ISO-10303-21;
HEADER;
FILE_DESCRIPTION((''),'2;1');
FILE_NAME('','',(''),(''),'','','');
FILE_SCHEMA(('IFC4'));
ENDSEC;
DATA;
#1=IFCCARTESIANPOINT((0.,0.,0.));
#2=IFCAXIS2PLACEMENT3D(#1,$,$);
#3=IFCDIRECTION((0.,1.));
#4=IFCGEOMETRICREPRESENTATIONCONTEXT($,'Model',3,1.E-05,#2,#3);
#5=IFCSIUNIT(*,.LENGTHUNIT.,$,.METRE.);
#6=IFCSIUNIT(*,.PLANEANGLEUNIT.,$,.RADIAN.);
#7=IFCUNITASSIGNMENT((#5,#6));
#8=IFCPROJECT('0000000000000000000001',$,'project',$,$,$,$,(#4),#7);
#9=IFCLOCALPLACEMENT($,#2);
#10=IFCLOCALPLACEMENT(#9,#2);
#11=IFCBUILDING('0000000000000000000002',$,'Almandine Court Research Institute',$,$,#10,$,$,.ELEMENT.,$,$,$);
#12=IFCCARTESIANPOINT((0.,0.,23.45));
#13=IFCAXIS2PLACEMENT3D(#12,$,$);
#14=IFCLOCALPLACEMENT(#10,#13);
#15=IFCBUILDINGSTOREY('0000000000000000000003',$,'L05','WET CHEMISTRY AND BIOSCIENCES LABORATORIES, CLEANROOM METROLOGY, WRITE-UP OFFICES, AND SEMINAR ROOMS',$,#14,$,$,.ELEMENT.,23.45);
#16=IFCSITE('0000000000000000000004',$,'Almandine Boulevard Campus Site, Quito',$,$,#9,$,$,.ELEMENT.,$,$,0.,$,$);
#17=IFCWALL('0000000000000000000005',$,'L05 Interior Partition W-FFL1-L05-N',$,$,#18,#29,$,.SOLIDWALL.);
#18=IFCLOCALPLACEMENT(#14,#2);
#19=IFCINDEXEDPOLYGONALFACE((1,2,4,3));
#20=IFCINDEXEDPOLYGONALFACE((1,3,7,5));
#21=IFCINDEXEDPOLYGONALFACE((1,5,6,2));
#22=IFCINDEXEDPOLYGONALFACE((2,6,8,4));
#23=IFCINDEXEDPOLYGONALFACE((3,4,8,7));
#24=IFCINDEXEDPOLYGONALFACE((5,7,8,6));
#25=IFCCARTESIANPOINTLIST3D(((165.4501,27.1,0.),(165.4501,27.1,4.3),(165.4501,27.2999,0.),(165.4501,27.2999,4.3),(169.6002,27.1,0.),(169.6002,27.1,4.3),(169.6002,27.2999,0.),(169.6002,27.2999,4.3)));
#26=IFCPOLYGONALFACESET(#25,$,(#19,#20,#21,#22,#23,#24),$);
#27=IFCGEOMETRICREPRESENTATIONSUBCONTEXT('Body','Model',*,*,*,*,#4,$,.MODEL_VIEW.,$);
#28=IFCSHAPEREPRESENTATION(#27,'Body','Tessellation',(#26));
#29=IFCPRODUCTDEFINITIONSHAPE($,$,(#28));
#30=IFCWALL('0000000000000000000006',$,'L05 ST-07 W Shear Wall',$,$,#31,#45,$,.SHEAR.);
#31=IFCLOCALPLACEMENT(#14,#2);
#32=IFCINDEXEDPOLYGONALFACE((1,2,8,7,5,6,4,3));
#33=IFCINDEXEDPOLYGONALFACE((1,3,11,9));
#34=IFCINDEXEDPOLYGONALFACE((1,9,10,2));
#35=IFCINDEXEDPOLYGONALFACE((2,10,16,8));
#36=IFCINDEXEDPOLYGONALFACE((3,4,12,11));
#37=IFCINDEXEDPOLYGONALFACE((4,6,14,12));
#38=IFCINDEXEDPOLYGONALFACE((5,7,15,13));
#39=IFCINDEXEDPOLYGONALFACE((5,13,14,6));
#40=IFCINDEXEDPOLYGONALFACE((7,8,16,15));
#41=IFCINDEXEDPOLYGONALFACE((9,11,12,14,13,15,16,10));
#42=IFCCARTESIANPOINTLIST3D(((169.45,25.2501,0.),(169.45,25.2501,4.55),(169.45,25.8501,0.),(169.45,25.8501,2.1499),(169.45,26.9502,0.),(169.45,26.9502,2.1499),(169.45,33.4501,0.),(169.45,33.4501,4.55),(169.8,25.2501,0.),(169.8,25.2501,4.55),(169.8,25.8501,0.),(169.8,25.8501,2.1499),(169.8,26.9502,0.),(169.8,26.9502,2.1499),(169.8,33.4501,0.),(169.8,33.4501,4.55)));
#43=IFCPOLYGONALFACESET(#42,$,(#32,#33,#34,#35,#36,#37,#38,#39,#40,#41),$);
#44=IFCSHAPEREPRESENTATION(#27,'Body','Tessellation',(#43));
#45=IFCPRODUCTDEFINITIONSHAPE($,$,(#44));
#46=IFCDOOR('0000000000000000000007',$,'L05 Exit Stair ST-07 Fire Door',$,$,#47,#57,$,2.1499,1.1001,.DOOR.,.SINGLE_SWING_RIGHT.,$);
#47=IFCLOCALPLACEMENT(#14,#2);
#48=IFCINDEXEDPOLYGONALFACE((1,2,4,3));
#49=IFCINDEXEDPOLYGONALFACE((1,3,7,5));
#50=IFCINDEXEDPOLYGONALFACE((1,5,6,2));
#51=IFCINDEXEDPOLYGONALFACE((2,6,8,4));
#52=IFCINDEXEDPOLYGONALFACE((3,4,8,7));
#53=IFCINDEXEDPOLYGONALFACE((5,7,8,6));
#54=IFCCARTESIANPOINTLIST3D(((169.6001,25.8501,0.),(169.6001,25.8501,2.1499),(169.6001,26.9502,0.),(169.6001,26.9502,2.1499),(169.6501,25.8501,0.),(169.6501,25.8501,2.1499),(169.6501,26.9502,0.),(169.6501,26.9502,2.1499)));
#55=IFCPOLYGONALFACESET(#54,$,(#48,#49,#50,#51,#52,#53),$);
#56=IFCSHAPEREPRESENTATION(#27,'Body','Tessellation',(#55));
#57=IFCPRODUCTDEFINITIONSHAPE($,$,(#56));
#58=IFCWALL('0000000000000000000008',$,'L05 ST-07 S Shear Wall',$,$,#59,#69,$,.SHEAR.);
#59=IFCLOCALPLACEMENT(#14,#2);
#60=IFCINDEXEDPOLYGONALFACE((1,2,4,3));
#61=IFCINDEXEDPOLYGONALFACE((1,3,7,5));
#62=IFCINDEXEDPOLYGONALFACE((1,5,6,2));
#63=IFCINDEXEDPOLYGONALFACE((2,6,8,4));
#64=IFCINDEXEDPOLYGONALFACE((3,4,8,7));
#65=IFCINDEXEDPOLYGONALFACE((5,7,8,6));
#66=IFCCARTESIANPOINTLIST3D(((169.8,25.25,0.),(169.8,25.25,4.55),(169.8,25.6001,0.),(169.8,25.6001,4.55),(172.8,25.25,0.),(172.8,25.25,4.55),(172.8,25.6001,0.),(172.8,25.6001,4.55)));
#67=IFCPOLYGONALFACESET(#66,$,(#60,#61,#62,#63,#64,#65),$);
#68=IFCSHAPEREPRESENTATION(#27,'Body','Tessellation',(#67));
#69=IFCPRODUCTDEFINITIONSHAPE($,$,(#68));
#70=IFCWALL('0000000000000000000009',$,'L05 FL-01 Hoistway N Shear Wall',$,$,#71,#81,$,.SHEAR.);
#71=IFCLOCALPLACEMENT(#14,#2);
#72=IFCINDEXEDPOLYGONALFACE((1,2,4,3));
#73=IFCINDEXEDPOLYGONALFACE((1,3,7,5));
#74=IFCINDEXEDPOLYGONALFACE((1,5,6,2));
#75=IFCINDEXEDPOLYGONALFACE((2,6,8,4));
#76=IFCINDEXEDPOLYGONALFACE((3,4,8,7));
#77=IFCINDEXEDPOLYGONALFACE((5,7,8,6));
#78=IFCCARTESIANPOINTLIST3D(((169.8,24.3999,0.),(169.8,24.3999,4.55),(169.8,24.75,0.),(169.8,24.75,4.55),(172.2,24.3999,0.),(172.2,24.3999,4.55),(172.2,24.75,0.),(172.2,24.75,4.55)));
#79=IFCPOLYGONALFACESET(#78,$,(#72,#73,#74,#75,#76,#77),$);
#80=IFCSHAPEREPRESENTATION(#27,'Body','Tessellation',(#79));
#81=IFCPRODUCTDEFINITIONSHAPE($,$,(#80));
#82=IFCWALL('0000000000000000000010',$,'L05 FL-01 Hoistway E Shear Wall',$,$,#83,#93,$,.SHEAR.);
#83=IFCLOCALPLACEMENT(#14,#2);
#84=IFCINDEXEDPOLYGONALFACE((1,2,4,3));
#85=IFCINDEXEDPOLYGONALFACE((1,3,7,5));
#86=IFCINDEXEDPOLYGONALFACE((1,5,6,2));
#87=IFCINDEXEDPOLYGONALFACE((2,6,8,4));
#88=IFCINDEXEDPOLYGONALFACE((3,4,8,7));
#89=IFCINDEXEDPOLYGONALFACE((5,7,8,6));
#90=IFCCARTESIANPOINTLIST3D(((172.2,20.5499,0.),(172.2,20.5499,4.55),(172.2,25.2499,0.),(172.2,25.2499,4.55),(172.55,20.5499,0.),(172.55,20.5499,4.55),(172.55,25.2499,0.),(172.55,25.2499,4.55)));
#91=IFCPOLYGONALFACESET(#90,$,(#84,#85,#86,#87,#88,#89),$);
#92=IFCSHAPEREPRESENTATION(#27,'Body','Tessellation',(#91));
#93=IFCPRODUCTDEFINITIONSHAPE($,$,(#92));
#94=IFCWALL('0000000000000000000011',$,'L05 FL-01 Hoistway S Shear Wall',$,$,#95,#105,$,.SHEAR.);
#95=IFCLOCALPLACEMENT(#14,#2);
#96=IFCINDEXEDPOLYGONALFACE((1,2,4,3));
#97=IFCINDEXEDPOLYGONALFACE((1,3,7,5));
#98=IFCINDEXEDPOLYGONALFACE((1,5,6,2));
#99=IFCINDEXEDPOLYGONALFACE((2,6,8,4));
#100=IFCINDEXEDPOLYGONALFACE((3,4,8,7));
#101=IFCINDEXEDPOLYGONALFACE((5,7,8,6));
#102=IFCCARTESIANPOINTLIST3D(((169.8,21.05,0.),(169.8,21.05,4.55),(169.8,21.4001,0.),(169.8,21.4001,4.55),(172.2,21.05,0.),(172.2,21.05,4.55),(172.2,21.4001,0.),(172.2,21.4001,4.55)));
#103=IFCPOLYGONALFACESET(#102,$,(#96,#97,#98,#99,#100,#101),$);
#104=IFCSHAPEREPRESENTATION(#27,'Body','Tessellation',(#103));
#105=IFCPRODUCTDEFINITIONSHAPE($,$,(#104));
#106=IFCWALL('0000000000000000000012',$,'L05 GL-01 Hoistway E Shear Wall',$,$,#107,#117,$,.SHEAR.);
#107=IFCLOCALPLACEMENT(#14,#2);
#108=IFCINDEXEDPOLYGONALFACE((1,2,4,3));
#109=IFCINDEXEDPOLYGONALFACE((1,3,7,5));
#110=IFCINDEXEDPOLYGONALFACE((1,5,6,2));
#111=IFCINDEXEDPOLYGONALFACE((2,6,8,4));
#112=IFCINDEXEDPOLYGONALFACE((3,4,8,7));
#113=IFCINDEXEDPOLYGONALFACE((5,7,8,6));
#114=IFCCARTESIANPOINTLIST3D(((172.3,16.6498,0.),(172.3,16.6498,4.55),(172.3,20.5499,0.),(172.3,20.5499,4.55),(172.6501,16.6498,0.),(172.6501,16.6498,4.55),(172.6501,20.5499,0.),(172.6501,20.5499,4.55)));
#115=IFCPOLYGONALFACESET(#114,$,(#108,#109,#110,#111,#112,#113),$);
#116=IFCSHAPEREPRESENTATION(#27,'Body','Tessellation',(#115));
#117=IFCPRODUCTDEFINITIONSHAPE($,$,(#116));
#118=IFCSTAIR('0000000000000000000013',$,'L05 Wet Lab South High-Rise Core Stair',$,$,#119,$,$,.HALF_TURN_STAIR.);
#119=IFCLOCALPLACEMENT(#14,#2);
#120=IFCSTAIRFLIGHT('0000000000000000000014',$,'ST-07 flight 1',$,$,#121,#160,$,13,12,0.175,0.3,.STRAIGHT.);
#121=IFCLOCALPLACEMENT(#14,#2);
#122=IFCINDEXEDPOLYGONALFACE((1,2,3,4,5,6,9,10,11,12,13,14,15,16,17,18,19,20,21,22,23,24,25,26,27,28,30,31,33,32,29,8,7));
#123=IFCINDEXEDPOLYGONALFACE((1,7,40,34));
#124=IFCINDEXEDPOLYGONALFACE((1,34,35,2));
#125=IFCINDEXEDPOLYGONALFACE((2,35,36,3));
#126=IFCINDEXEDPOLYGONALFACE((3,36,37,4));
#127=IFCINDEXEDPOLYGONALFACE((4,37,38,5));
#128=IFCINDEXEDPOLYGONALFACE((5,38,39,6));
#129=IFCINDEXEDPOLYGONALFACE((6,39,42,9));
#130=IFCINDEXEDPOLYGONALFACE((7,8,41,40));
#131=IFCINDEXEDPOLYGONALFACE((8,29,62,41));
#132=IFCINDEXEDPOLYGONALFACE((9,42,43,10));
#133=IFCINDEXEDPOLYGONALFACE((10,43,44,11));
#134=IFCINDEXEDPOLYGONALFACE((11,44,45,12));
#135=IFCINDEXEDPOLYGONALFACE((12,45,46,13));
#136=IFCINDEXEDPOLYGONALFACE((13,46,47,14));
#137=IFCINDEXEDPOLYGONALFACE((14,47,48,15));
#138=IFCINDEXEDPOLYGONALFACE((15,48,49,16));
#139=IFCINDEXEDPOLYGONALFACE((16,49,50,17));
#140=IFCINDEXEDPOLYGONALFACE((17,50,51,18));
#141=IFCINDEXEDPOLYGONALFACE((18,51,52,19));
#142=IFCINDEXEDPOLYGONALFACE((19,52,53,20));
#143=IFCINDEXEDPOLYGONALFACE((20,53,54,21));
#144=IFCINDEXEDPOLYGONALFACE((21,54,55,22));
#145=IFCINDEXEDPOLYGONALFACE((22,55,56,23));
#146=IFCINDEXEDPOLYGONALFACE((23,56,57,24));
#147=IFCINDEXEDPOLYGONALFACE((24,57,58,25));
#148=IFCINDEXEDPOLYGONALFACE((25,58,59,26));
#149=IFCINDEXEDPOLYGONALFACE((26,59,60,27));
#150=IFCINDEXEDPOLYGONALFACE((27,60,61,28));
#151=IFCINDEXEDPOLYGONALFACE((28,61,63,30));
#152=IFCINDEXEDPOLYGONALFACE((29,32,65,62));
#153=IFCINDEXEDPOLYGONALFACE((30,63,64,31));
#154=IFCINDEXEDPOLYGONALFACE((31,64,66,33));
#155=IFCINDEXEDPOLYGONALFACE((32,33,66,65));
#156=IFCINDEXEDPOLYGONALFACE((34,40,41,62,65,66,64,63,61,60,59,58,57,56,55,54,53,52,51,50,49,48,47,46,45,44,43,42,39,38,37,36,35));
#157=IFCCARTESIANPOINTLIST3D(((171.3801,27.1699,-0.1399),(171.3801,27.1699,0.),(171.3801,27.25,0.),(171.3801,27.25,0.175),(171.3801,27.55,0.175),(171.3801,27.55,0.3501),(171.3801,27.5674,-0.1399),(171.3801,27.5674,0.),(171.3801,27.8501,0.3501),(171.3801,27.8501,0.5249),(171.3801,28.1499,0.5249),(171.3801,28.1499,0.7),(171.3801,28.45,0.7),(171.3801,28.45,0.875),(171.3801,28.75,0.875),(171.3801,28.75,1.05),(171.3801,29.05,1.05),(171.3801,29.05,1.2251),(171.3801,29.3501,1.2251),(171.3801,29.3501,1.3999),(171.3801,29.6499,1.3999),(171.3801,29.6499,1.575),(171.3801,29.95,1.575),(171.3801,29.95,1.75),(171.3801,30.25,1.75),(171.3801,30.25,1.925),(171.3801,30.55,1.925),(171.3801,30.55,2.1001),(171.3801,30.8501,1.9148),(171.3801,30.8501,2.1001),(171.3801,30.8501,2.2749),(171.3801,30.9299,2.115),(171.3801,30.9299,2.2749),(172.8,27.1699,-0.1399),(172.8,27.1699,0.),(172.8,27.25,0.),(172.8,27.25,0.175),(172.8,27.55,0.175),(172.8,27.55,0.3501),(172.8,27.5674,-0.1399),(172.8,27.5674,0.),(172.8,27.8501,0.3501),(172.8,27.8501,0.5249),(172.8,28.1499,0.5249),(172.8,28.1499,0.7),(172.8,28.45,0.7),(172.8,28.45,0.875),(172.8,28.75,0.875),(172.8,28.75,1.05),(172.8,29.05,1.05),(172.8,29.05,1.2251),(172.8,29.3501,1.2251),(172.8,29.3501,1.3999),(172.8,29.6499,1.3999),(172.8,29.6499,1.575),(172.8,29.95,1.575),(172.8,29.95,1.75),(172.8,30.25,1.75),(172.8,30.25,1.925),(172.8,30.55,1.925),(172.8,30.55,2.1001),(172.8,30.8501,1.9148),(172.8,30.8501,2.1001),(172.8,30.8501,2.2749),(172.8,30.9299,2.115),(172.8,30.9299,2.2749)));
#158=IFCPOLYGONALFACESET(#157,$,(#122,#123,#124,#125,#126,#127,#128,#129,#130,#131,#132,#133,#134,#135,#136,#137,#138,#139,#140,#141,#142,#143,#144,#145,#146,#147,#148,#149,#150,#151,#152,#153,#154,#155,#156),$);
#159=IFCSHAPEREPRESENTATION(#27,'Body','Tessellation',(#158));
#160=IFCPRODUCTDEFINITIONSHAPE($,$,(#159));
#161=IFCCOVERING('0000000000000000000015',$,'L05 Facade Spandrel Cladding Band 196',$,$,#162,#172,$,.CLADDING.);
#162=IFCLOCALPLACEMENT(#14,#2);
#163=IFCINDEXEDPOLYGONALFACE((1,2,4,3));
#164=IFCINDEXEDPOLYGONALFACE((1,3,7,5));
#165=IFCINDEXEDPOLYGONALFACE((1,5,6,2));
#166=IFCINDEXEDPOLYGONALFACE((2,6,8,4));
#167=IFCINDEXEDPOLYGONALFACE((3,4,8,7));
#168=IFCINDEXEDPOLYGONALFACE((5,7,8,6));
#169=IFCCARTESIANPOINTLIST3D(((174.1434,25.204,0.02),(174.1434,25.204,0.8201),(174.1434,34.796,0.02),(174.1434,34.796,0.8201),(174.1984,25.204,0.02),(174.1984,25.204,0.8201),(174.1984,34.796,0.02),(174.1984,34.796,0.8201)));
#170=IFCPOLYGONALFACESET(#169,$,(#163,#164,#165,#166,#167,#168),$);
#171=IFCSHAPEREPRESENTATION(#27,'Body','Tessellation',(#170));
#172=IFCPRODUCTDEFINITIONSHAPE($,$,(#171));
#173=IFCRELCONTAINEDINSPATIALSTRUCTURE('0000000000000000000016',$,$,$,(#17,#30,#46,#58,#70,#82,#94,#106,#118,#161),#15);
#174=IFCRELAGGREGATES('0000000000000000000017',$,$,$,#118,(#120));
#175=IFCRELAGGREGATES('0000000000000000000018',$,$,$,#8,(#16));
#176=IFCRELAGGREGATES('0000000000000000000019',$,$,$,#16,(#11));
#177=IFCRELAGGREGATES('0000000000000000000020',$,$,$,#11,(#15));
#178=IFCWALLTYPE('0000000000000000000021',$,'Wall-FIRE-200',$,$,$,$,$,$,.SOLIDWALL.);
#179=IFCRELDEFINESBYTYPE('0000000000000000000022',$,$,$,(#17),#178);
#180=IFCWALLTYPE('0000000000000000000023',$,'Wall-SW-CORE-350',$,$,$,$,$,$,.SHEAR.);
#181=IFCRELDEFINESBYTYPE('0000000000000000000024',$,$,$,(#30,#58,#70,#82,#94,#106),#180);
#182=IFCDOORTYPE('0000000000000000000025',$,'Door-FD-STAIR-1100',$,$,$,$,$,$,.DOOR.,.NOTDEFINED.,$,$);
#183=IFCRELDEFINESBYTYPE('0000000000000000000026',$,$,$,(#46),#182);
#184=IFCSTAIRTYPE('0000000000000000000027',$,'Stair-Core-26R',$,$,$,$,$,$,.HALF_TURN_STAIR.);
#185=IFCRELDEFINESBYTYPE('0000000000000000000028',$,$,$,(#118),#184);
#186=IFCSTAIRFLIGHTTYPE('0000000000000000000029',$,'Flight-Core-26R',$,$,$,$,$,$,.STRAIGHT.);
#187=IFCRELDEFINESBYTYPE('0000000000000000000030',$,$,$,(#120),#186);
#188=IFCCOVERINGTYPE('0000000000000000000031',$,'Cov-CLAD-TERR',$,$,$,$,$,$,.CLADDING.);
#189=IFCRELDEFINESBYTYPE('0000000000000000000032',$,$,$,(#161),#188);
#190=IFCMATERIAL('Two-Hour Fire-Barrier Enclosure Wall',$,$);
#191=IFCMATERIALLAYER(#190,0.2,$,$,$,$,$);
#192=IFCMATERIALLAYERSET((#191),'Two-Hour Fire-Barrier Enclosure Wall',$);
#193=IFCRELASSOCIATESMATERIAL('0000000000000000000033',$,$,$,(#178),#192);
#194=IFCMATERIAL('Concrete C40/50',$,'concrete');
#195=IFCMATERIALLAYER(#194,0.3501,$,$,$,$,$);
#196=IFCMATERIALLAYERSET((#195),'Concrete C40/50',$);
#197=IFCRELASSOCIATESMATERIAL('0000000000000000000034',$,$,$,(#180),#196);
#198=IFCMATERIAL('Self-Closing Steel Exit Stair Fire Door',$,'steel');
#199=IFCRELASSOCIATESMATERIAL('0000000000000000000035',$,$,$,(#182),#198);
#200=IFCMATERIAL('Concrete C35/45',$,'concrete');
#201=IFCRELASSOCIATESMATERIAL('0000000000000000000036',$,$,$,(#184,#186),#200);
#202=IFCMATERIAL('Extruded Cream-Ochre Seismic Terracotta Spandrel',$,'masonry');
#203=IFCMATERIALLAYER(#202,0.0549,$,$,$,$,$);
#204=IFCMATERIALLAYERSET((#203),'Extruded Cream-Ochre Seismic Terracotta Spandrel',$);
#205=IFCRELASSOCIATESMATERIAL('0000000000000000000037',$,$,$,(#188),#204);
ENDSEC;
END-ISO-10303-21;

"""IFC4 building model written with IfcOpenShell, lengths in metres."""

from ifc_helpers import new_model, si_unit, direction, frame, frame_2d, origin, origin_2d, place, context, subcontext, project, spatial, polyline, rectangle, outline, extrude, material, layer, layer_set, type_object, element, fill, aggregate, save


model = new_model("IFC4")

# Units and contexts
model_context = context("Model", 3, precision=1e-05, world=origin(), true_north=direction((0.0, 1.0)))
body_context = subcontext(model_context, "Body", "Model", "MODEL_VIEW")
ifc_project = project(units=[si_unit("LENGTHUNIT", "METRE"), si_unit("PLANEANGLEUNIT", "RADIAN")], contexts=[model_context])

# Site, building, storey
site_placement = place(None, origin())
site = spatial("IfcSite", under=ifc_project, at=site_placement, Name="Almandine Boulevard Campus Site, Quito", CompositionType="ELEMENT", RefElevation=0.0)
building_placement = place(site_placement, origin())
building = spatial("IfcBuilding", under=site, at=building_placement, Name="Almandine Court Research Institute", CompositionType="ELEMENT")
storey_placement = place(building_placement, frame((0.0, 0.0, 23.45)))
storey = spatial("IfcBuildingStorey", under=building, at=storey_placement, Name="L05", Description="WET CHEMISTRY AND BIOSCIENCES LABORATORIES, CLEANROOM METROLOGY, WRITE-UP OFFICES, AND SEMINAR ROOMS", CompositionType="ELEMENT", Elevation=23.45)

# Shared definitions
ifc_material_1 = material(Name="Two-Hour Fire-Barrier Enclosure Wall")
ifc_layer_1 = layer(ifc_material_1, 0.2)
ifc_layer_set_1 = layer_set([ifc_layer_1], Name="Two-Hour Fire-Barrier Enclosure Wall")
wall_type_1 = type_object("IfcWallType", Name="Wall-FIRE-200", PredefinedType="SOLIDWALL", material=ifc_layer_set_1)

# Wall
for number, where, z_axis, x_axis, name in (
    (1, (165.45, 27.2, 0.0), (0.0, 0.0, 1.0), (1.0, 0.0, 0.0), "L05 Interior Partition W-FFL1-L05-N"),
):
    element("IfcWall", number, at=place(storey_placement, frame(where, z_axis=z_axis, x_axis=x_axis)), inside=storey, type_object=wall_type_1, Name=name, PredefinedType="SOLIDWALL", context=body_context, shape_type="SweptSolid", body=[
        extrude(rectangle(XDim=4.1501, YDim=0.2, at=frame_2d((2.0752, 0.0))), origin(), (0.0, 0.0, 1.0), 4.3),
    ])

# Wall, opening, door
ifc_material_2 = material(Name="Concrete C40/50", Category="concrete")
ifc_layer_2 = layer(ifc_material_2, 0.3501)
ifc_layer_set_2 = layer_set([ifc_layer_2], Name="Concrete C40/50")
wall_type_2 = type_object("IfcWallType", Name="Wall-SW-CORE-350", PredefinedType="SHEAR", material=ifc_layer_set_2)
wall_1_placement = place(storey_placement, frame((169.625, 25.25, 0.0), z_axis=(0.0, 0.0, 1.0), x_axis=(0.0, 1.0, 0.0)))
wall_1 = element("IfcWall", 2, at=wall_1_placement, inside=storey, type_object=wall_type_2, Name="L05 ST-07 W Shear Wall", PredefinedType="SHEAR", context=body_context, shape_type="SweptSolid", body=[
    extrude(rectangle(XDim=8.2, YDim=0.3501, at=frame_2d((4.1001, 0.0))), origin(), (0.0, 0.0, 1.0), 4.55),
])
opening_1_placement = place(wall_1_placement, frame((0.6001, 0.0, 0.0)))
opening_1 = element("IfcOpeningElement", 3, at=opening_1_placement, cuts=wall_1, PredefinedType="OPENING", context=body_context, shape_type="SweptSolid", body=[
    extrude(rectangle(XDim=1.1001, YDim=2.1499, at=frame_2d((0.55, 1.075))), frame((0.0, 0.1851, 0.0), z_axis=(0.0, -1.0, 0.0), x_axis=(1.0, 0.0, 0.0)), (0.0, 0.0, 1.0), 0.3701),
])
ifc_material_3 = material(Name="Self-Closing Steel Exit Stair Fire Door", Category="steel")
door_type_1 = type_object("IfcDoorType", Name="Door-FD-STAIR-1100", OperationType="NOTDEFINED", PredefinedType="DOOR", material=ifc_material_3)
door_1_placement = place(opening_1_placement, origin())
door_1 = element("IfcDoor", 4, at=door_1_placement, inside=storey, type_object=door_type_1, Name="L05 Exit Stair ST-07 Fire Door", OperationType="SINGLE_SWING_RIGHT", OverallHeight=2.1499, OverallWidth=1.1001, PredefinedType="DOOR", context=body_context, shape_type="SweptSolid", body=[
    extrude(rectangle(XDim=1.1001, YDim=2.1499, at=frame_2d((0.55, 1.075))), frame((0.0, 0.0249, 0.0), z_axis=(0.0, -1.0, 0.0), x_axis=(1.0, 0.0, 0.0)), (0.0, 0.0, 1.0), 0.05),
])
fill(opening_1, door_1)

# Wall
wall_2_placement = place(storey_placement, frame((172.8, 25.425, 0.0), z_axis=(0.0, 0.0, 1.0), x_axis=(-1.0, 0.0, 0.0)))
element("IfcWall", 5, at=wall_2_placement, inside=storey, type_object=wall_type_2, Name="L05 ST-07 S Shear Wall", PredefinedType="SHEAR", context=body_context, shape_type="SweptSolid", body=[
    extrude(rectangle(XDim=3.0, YDim=0.3501, at=frame_2d((1.5, 0.0))), origin(), (0.0, 0.0, 1.0), 4.55),
])

# Walls
wall_3_placement = place(storey_placement, frame((169.8, 24.575, 0.0), z_axis=(0.0, 0.0, 1.0), x_axis=(1.0, 0.0, 0.0)))
element("IfcWall", 6, at=wall_3_placement, inside=storey, type_object=wall_type_2, Name="L05 FL-01 Hoistway N Shear Wall", PredefinedType="SHEAR", context=body_context, shape_type="SweptSolid", body=[
    extrude(rectangle(XDim=2.3999, YDim=0.3501, at=frame_2d((1.2, 0.0))), origin(), (0.0, 0.0, 1.0), 4.55),
])
wall_4_placement = place(storey_placement, frame((172.375, 25.25, 0.0), z_axis=(0.0, 0.0, 1.0), x_axis=(0.0, -1.0, 0.0)))
element("IfcWall", 7, at=wall_4_placement, inside=storey, type_object=wall_type_2, Name="L05 FL-01 Hoistway E Shear Wall", PredefinedType="SHEAR", context=body_context, shape_type="SweptSolid", body=[
    extrude(rectangle(XDim=4.7, YDim=0.3501, at=frame_2d((2.3501, 0.0))), origin(), (0.0, 0.0, 1.0), 4.55),
])
wall_5_placement = place(storey_placement, frame((172.2, 21.2251, 0.0), z_axis=(0.0, 0.0, 1.0), x_axis=(-1.0, 0.0, 0.0)))
element("IfcWall", 8, at=wall_5_placement, inside=storey, type_object=wall_type_2, Name="L05 FL-01 Hoistway S Shear Wall", PredefinedType="SHEAR", context=body_context, shape_type="SweptSolid", body=[
    extrude(rectangle(XDim=2.3999, YDim=0.3501, at=frame_2d((1.2, 0.0))), origin(), (0.0, 0.0, 1.0), 4.55),
])
wall_6_placement = place(storey_placement, frame((172.4751, 20.55, 0.0), z_axis=(0.0, 0.0, 1.0), x_axis=(0.0, -1.0, 0.0)))
element("IfcWall", 9, at=wall_6_placement, inside=storey, type_object=wall_type_2, Name="L05 GL-01 Hoistway E Shear Wall", PredefinedType="SHEAR", context=body_context, shape_type="SweptSolid", body=[
    extrude(rectangle(XDim=3.9001, YDim=0.3501, at=frame_2d((1.9502, 0.0))), origin(), (0.0, 0.0, 1.0), 4.55),
])

# Stair, stair flight
ifc_material_4 = material(Name="Concrete C35/45", Category="concrete")
stair_type = type_object("IfcStairType", Name="Stair-Core-26R", PredefinedType="HALF_TURN_STAIR", material=ifc_material_4)
stair_placement = place(storey_placement, origin())
stair = element("IfcStair", 10, at=stair_placement, inside=storey, type_object=stair_type, Name="L05 Wet Lab South High-Rise Core Stair", PredefinedType="HALF_TURN_STAIR")
stair_flight_type = type_object("IfcStairFlightType", Name="Flight-Core-26R", PredefinedType="STRAIGHT", material=ifc_material_4)
stair_flight_placement = place(storey_placement, frame((172.0901, 27.25, 0.0), z_axis=(0.0, 0.0, 1.0), x_axis=(0.0, 1.0, 0.0)))
stair_flight = element("IfcStairFlight", 11, at=stair_flight_placement, type_object=stair_flight_type, Name="ST-07 flight 1", NumberOfRisers=13, NumberOfTreads=12, PredefinedType="STRAIGHT", RiserHeight=0.175, TreadLength=0.3, context=body_context, shape_type="SweptSolid", body=[
    extrude(outline(polyline([(-0.0801, -0.1399), (-0.0801, 0.0), (0.0, 0.0), (0.0, 0.175), (0.3, 0.175), (0.3, 0.3501), (0.6001, 0.3501), (0.6001, 0.5249), (0.8999, 0.5249), (0.8999, 0.7), (1.2, 0.7), (1.2, 0.875), (1.5, 0.875), (1.5, 1.05), (1.8, 1.05), (1.8, 1.2251), (2.1001, 1.2251), (2.1001, 1.3999), (2.3999, 1.3999), (2.3999, 1.575), (2.7, 1.575), (2.7, 1.75), (3.0, 1.75), (3.0, 1.925), (3.3, 1.925), (3.3, 2.1001), (3.6001, 2.1001), (3.6001, 2.2749), (3.6799, 2.2749), (3.6799, 2.115), (3.6001, 1.9148), (0.3174, 0.0), (0.3174, -0.1399), (-0.0801, -0.1399)])), frame((0.0, 0.71, 0.0), z_axis=(0.0, -1.0, 0.0), x_axis=(1.0, 0.0, 0.0)), (0.0, 0.0, 1.0), 1.4199),
])
aggregate(stair, [stair_flight])

# Covering
ifc_material_5 = material(Name="Extruded Cream-Ochre Seismic Terracotta Spandrel", Category="masonry")
ifc_layer_3 = layer(ifc_material_5, 0.0549)
ifc_layer_set_3 = layer_set([ifc_layer_3], Name="Extruded Cream-Ochre Seismic Terracotta Spandrel")
covering_type = type_object("IfcCoveringType", Name="Cov-CLAD-TERR", PredefinedType="CLADDING", material=ifc_layer_set_3)
covering_placement = place(storey_placement, frame((174.1709, 30.0, 0.02), z_axis=(0.0, 0.0, 1.0), x_axis=(0.0, -1.0, 0.0)))
element("IfcCovering", 12, at=covering_placement, inside=storey, type_object=covering_type, Name="L05 Facade Spandrel Cladding Band 196", PredefinedType="CLADDING", context=body_context, shape_type="SweptSolid", body=[
    extrude(rectangle(XDim=9.592, YDim=0.0549, at=origin_2d()), origin(), (0.0, 0.0, 1.0), 0.8),
])

save(model, "model.ifc")
